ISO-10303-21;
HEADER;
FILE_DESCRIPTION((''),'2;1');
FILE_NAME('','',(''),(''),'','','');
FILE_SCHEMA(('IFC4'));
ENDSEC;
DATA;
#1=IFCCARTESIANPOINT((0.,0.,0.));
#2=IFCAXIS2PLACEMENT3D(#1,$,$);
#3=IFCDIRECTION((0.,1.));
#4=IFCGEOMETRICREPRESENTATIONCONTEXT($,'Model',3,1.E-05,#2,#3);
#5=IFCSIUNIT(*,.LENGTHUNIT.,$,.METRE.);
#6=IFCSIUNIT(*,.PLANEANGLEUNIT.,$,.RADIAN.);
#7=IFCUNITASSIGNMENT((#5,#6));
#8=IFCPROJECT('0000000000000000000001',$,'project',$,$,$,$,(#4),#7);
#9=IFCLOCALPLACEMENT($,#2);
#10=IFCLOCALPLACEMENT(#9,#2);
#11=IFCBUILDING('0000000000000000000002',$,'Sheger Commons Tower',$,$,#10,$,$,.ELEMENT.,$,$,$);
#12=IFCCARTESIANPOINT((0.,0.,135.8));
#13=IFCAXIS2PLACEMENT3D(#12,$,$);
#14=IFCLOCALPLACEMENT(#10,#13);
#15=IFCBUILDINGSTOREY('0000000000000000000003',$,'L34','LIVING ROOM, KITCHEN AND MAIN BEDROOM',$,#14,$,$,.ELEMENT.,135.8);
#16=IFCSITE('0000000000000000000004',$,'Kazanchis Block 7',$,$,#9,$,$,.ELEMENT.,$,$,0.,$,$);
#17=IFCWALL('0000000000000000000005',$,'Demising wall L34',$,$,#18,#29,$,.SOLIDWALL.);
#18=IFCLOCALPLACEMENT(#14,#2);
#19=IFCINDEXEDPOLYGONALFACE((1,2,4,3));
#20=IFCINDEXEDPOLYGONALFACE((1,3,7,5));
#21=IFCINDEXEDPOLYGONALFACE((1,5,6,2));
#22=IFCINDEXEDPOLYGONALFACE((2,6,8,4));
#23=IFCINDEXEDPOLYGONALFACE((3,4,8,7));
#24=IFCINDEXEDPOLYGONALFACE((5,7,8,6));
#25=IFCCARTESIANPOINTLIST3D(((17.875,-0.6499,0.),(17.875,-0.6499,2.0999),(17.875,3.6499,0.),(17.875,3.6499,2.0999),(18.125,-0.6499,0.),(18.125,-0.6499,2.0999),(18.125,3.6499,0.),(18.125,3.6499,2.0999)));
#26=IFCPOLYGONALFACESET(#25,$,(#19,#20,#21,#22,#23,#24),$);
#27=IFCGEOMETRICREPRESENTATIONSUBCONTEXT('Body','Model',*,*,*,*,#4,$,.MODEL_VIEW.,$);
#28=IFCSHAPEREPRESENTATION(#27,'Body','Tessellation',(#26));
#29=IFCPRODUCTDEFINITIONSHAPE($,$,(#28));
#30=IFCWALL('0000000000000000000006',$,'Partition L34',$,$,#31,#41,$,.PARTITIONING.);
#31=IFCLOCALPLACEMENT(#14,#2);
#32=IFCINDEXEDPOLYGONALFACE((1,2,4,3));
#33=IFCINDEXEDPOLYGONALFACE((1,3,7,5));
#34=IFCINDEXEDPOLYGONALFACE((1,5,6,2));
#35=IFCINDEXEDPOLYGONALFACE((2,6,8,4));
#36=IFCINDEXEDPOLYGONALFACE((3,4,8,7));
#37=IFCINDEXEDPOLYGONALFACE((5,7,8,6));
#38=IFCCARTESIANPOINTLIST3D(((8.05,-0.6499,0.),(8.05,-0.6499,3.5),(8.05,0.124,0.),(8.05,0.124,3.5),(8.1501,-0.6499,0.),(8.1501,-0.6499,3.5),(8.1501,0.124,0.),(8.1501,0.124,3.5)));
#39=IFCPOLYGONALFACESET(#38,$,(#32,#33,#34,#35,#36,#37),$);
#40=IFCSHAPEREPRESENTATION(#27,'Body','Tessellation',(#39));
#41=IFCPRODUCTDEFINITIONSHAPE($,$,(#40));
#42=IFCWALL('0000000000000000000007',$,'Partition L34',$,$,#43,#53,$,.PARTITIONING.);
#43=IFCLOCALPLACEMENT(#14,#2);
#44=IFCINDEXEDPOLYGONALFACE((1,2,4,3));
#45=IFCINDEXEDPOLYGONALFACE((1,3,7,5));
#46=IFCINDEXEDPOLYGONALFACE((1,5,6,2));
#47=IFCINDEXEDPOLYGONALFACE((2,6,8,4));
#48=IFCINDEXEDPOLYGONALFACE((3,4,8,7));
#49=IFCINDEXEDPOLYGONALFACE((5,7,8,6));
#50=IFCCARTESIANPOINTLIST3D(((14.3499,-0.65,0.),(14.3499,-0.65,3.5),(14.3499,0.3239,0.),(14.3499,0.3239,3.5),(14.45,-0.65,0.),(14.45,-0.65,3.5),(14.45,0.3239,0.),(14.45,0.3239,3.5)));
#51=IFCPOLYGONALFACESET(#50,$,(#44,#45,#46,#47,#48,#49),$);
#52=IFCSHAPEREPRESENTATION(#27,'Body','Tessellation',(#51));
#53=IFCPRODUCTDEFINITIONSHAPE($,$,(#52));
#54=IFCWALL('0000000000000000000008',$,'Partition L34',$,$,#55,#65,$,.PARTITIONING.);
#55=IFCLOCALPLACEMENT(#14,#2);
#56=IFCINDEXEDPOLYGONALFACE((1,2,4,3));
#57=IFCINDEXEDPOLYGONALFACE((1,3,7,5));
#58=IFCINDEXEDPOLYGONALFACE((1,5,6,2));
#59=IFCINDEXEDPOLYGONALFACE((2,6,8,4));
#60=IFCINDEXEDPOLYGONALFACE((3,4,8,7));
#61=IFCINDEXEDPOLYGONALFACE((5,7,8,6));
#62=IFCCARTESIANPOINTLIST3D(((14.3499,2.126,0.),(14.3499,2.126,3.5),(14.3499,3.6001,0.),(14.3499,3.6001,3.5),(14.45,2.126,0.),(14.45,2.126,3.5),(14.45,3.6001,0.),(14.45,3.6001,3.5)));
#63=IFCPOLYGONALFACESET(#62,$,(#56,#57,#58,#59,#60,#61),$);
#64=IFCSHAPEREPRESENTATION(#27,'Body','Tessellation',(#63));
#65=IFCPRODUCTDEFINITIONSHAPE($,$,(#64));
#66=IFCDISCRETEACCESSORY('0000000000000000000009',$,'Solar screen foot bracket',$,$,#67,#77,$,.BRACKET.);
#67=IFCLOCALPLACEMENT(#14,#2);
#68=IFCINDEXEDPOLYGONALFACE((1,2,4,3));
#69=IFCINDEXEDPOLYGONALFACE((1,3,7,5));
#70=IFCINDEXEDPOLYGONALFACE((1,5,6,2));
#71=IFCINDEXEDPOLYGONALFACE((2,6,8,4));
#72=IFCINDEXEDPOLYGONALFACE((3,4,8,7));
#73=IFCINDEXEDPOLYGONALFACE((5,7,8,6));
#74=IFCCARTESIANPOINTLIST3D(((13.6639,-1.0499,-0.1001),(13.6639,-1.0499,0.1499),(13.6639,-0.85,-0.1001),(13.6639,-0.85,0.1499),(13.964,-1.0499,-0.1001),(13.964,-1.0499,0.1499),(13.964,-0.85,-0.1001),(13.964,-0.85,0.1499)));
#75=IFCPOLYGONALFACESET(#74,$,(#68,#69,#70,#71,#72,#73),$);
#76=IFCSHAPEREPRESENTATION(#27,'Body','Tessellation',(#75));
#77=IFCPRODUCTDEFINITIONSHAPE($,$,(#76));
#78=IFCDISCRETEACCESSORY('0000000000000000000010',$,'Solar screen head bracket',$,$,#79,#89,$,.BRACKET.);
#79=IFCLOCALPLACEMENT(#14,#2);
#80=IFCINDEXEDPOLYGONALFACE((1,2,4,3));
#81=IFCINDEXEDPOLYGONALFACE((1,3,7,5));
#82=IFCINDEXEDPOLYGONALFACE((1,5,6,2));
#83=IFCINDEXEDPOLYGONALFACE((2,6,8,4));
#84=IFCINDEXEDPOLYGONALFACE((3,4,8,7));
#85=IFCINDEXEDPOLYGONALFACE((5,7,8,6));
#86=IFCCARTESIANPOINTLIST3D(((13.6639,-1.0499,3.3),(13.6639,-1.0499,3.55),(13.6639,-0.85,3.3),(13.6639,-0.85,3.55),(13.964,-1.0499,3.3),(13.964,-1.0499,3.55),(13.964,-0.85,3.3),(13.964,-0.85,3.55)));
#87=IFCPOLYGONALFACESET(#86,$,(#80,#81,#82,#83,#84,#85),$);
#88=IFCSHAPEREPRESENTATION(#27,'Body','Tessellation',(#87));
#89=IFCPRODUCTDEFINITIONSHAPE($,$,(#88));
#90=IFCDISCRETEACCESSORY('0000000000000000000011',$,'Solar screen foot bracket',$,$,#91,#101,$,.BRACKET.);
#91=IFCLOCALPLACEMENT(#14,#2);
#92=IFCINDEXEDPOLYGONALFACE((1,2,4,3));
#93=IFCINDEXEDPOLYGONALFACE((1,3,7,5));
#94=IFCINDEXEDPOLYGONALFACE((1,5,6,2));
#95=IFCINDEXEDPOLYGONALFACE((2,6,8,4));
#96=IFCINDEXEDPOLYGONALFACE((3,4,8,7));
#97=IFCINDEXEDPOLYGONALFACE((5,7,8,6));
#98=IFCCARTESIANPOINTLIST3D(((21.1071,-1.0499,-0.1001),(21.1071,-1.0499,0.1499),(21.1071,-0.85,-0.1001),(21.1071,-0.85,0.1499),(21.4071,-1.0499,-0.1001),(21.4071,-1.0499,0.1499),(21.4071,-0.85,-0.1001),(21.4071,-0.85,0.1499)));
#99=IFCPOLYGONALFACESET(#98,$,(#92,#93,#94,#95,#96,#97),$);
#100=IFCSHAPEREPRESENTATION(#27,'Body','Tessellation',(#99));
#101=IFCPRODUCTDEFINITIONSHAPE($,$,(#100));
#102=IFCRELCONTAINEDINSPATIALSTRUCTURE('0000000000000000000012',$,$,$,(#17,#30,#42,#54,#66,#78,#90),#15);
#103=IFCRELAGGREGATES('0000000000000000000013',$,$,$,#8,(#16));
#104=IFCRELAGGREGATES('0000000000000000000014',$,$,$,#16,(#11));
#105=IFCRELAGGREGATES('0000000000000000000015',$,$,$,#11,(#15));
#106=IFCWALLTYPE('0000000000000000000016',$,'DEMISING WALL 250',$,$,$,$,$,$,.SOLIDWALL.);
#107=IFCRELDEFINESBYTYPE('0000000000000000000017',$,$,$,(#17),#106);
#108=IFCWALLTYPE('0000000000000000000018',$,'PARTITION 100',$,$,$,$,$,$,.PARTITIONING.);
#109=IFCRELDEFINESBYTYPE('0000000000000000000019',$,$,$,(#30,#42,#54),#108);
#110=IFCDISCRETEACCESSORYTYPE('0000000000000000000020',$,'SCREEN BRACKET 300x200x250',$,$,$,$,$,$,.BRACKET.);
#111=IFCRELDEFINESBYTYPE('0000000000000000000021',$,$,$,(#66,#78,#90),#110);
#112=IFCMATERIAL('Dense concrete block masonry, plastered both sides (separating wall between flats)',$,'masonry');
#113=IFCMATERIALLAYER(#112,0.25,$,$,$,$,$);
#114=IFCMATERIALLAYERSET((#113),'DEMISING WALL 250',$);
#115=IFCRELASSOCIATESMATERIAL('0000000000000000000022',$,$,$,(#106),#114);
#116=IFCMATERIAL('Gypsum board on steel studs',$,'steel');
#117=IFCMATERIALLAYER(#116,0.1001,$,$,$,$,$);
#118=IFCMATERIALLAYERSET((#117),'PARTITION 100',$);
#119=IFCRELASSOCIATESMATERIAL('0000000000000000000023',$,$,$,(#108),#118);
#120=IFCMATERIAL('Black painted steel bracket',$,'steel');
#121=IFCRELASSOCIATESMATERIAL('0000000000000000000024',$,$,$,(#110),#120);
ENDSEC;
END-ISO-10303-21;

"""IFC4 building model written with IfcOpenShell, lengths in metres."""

from ifc_helpers import new_model, si_unit, direction, frame, frame_2d, origin, origin_2d, place, context, subcontext, project, spatial, rectangle, extrude, material, layer, layer_set, type_object, element, save


model = new_model("IFC4")

# Units and contexts
model_context = context("Model", 3, precision=1e-05, world=origin(), true_north=direction((0.0, 1.0)))
body_context = subcontext(model_context, "Body", "Model", "MODEL_VIEW")
ifc_project = project(units=[si_unit("LENGTHUNIT", "METRE"), si_unit("PLANEANGLEUNIT", "RADIAN")], contexts=[model_context])

# Site, building, storey
site_placement = place(None, origin())
site = spatial("IfcSite", under=ifc_project, at=site_placement, Name="Kazanchis Block 7", CompositionType="ELEMENT", RefElevation=0.0)
building_placement = place(site_placement, origin())
building = spatial("IfcBuilding", under=site, at=building_placement, Name="Sheger Commons Tower", CompositionType="ELEMENT")
storey_placement = place(building_placement, frame((0.0, 0.0, 135.8)))
storey = spatial("IfcBuildingStorey", under=building, at=storey_placement, Name="L34", Description="LIVING ROOM, KITCHEN AND MAIN BEDROOM", CompositionType="ELEMENT", Elevation=135.8)

# Walls
ifc_material_1 = material(Name="Dense concrete block masonry, plastered both sides (separating wall between flats)", Category="masonry")
ifc_layer_1 = layer(ifc_material_1, 0.25)
ifc_layer_set_1 = layer_set([ifc_layer_1], Name="DEMISING WALL 250")
wall_type_1 = type_object("IfcWallType", Name="DEMISING WALL 250", PredefinedType="SOLIDWALL", material=ifc_layer_set_1)
wall_1_placement = place(storey_placement, frame((18.0, -0.6499, 0.0), z_axis=(0.0, 0.0, 1.0), x_axis=(0.0, 1.0, 0.0)))
element("IfcWall", 1, at=wall_1_placement, inside=storey, type_object=wall_type_1, Name="Demising wall L34", PredefinedType="SOLIDWALL", context=body_context, shape_type="SweptSolid", body=[
    extrude(rectangle(XDim=4.2998, YDim=0.25, at=frame_2d((2.1499, 0.0))), origin(), (0.0, 0.0, 1.0), 2.0999),
])
ifc_material_2 = material(Name="Gypsum board on steel studs", Category="steel")
ifc_layer_2 = layer(ifc_material_2, 0.1001)
ifc_layer_set_2 = layer_set([ifc_layer_2], Name="PARTITION 100")
wall_type_2 = type_object("IfcWallType", Name="PARTITION 100", PredefinedType="PARTITIONING", material=ifc_layer_set_2)
wall_2_placement = place(storey_placement, frame((8.1001, 0.124, 0.0), z_axis=(0.0, 0.0, 1.0), x_axis=(0.0, -1.0, 0.0)))
element("IfcWall", 2, at=wall_2_placement, inside=storey, type_object=wall_type_2, Name="Partition L34", PredefinedType="PARTITIONING", context=body_context, shape_type="SweptSolid", body=[
    extrude(rectangle(XDim=0.7739, YDim=0.1001, at=frame_2d((0.387, 0.0))), origin(), (0.0, 0.0, 1.0), 3.5),
])
wall_3_placement = place(storey_placement, frame((14.3999, -0.6499, 0.0), z_axis=(0.0, 0.0, 1.0), x_axis=(0.0, 1.0, 0.0)))
element("IfcWall", 3, at=wall_3_placement, inside=storey, type_object=wall_type_2, Name="Partition L34", PredefinedType="PARTITIONING", context=body_context, shape_type="SweptSolid", body=[
    extrude(rectangle(XDim=0.9739, YDim=0.1001, at=frame_2d((0.4868, 0.0))), origin(), (0.0, 0.0, 1.0), 3.5),
])
wall_4_placement = place(storey_placement, frame((14.3999, 2.126, 0.0), z_axis=(0.0, 0.0, 1.0), x_axis=(0.0, 1.0, 0.0)))
element("IfcWall", 4, at=wall_4_placement, inside=storey, type_object=wall_type_2, Name="Partition L34", PredefinedType="PARTITIONING", context=body_context, shape_type="SweptSolid", body=[
    extrude(rectangle(XDim=1.4741, YDim=0.1001, at=frame_2d((0.7371, 0.0))), origin(), (0.0, 0.0, 1.0), 3.5),
])

# Discrete accessories
ifc_material_3 = material(Name="Black painted steel bracket", Category="steel")
discrete_accessory_type = type_object("IfcDiscreteAccessoryType", Name="SCREEN BRACKET 300x200x250", PredefinedType="BRACKET", material=ifc_material_3)
for number, where, z_axis, x_axis, name in (
    (5, (13.814, -0.95, -0.1001), (0.0, 0.0, 1.0), (1.0, 0.0, 0.0), "Solar screen foot bracket"),
    (6, (13.814, -0.95, 3.3), (0.0, 0.0, 1.0), (1.0, 0.0, 0.0), "Solar screen head bracket"),
    (7, (21.2571, -0.95, -0.1001), (0.0, 0.0, 1.0), (1.0, 0.0, 0.0), "Solar screen foot bracket"),
):
    element("IfcDiscreteAccessory", number, at=place(storey_placement, frame(where, z_axis=z_axis, x_axis=x_axis)), inside=storey, type_object=discrete_accessory_type, Name=name, PredefinedType="BRACKET", context=body_context, shape_type="SweptSolid", body=[
        extrude(rectangle(XDim=0.3, YDim=0.2, at=origin_2d()), origin(), (0.0, 0.0, 1.0), 0.25),
    ])

save(model, "model.ifc")
